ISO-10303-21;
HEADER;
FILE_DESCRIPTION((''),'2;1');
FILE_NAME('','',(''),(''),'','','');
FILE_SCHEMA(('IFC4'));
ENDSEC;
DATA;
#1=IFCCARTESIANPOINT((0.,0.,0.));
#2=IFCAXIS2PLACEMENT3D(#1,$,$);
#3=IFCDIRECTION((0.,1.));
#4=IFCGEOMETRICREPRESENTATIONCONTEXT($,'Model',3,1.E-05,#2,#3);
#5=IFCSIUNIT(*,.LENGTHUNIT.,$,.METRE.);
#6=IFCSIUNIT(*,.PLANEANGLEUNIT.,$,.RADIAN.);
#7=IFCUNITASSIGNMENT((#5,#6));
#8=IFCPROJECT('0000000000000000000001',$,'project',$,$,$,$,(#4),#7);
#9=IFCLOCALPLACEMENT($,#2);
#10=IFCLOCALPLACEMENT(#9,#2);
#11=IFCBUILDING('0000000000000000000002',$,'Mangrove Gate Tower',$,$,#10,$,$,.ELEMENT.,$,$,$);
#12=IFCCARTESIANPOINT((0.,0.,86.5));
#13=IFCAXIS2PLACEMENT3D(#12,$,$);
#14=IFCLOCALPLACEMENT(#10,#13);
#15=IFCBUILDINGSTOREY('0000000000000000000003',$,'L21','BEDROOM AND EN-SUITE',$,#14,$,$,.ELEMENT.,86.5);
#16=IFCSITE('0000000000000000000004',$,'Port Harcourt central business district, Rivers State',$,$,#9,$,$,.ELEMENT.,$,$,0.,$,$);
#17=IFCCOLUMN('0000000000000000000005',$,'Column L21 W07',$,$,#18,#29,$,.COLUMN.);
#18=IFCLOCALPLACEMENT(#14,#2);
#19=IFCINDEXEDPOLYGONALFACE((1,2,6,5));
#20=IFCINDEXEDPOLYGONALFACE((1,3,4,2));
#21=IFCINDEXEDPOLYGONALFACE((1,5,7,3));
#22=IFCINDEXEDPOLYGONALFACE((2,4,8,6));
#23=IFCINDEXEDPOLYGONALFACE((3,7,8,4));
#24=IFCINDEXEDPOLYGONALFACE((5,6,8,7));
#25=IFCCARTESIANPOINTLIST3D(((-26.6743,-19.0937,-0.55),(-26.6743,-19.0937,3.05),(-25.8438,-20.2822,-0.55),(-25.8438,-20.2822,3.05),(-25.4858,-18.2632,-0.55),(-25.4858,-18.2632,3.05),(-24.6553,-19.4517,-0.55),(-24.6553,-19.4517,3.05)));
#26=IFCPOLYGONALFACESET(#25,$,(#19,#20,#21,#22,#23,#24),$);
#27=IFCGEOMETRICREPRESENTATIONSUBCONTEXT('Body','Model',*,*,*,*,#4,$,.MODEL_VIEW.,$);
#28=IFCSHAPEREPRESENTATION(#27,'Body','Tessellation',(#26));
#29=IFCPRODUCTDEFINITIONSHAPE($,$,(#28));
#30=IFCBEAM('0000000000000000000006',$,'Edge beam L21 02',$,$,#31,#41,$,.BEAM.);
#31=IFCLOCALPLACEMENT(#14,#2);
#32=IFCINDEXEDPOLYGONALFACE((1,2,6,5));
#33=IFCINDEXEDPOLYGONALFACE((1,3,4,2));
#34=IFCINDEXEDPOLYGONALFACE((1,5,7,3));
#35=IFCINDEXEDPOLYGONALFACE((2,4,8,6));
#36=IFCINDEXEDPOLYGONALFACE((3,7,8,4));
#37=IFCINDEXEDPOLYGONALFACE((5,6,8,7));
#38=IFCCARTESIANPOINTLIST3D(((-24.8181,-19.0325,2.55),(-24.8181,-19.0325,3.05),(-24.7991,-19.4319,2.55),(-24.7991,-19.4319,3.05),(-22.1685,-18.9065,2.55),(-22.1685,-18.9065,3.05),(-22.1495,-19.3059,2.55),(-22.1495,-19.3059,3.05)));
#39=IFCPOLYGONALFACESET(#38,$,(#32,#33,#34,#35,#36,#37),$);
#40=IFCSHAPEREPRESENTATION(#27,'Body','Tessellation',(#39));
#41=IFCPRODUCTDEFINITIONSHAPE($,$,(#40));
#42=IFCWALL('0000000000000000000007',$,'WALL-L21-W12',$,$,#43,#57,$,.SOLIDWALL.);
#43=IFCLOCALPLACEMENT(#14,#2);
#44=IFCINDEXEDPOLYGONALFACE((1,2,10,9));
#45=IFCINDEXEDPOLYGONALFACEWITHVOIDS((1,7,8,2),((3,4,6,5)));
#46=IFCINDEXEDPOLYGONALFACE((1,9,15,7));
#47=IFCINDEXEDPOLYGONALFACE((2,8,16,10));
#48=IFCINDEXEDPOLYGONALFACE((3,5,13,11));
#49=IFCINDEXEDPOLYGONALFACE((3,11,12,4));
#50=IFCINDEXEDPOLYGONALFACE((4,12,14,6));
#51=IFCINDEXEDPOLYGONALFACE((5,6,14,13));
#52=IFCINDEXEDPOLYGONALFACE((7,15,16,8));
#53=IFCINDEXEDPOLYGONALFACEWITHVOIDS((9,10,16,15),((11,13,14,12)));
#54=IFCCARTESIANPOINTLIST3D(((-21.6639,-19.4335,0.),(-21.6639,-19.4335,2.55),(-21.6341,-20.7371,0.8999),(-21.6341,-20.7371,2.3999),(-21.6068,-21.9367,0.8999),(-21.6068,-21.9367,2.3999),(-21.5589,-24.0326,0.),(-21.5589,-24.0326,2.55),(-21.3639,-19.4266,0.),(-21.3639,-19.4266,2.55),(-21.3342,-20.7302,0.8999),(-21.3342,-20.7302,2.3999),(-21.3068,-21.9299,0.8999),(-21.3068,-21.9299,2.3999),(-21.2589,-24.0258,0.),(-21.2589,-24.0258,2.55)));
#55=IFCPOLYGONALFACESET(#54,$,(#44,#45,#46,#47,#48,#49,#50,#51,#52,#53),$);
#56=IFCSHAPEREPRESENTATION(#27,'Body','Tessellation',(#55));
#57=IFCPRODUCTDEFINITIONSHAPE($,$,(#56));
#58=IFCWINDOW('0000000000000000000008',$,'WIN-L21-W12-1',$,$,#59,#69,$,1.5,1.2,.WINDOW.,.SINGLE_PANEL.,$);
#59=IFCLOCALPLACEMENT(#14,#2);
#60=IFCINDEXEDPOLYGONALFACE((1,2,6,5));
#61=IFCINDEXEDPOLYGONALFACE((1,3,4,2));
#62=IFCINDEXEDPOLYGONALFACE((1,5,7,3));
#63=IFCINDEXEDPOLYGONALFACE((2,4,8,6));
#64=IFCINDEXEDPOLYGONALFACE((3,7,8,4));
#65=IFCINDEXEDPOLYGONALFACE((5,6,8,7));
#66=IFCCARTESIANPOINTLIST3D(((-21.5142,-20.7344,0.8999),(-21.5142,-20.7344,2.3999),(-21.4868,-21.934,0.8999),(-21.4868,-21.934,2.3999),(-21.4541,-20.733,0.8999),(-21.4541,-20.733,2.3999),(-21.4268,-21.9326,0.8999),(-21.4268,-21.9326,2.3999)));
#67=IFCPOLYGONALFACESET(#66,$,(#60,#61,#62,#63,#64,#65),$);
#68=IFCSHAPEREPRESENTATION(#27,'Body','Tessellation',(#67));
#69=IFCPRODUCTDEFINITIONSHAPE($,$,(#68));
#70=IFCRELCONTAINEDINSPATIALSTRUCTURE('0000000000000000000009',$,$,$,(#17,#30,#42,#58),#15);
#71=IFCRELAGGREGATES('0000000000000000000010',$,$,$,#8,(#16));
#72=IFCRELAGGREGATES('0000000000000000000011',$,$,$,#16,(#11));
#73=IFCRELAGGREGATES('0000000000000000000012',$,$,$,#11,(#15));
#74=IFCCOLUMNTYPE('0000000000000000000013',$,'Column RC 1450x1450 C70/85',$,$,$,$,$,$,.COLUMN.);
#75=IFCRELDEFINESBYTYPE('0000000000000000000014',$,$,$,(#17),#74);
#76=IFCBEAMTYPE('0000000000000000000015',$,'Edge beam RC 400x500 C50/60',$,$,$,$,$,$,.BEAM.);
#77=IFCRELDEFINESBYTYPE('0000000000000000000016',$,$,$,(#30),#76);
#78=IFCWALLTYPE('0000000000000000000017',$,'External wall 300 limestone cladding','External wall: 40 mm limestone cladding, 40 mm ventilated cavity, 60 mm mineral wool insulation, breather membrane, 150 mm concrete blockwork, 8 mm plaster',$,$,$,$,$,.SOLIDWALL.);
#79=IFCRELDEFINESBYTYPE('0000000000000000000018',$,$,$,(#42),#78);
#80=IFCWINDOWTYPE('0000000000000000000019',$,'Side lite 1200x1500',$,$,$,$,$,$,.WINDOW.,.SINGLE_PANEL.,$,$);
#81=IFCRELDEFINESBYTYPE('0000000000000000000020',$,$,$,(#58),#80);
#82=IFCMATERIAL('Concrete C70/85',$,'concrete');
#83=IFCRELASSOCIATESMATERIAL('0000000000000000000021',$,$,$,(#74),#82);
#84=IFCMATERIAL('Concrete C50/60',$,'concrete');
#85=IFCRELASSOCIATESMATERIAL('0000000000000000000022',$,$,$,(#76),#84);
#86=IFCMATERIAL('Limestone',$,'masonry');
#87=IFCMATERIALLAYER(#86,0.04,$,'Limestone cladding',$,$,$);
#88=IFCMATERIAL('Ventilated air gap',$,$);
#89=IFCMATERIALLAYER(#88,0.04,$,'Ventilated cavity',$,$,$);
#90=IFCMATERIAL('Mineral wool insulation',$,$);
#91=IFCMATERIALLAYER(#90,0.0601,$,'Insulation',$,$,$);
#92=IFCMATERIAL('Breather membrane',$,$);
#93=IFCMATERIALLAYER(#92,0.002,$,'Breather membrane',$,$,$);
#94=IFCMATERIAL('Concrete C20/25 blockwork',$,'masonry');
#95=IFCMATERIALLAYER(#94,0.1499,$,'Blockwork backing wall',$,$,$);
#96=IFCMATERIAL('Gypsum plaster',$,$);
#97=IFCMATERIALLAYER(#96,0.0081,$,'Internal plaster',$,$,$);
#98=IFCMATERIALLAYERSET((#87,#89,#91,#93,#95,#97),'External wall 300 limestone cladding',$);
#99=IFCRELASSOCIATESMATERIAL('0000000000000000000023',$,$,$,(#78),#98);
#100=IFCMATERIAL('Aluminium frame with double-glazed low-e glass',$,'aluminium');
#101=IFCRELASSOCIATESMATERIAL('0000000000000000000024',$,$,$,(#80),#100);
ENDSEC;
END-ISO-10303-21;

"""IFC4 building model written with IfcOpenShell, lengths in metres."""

from ifc_helpers import new_model, si_unit, direction, frame, frame_2d, origin, origin_2d, place, context, subcontext, project, spatial, rectangle, extrude, material, layer, layer_set, material_profile, profile_set, type_object, element, fill, save


model = new_model("IFC4")

# Units and contexts
model_context = context("Model", 3, precision=1e-05, world=origin(), true_north=direction((0.0, 1.0)))
body_context = subcontext(model_context, "Body", "Model", "MODEL_VIEW")
ifc_project = project(units=[si_unit("LENGTHUNIT", "METRE"), si_unit("PLANEANGLEUNIT", "RADIAN")], contexts=[model_context])

# Site, building, storey
site_placement = place(None, origin())
site = spatial("IfcSite", under=ifc_project, at=site_placement, Name="Port Harcourt central business district, Rivers State", CompositionType="ELEMENT", RefElevation=0.0)
building_placement = place(site_placement, origin())
building = spatial("IfcBuilding", under=site, at=building_placement, Name="Mangrove Gate Tower", CompositionType="ELEMENT")
storey_placement = place(building_placement, frame((0.0, 0.0, 86.5)))
storey = spatial("IfcBuildingStorey", under=building, at=storey_placement, Name="L21", Description="BEDROOM AND EN-SUITE", CompositionType="ELEMENT", Elevation=86.5)

# Column
ifc_material_1 = material(Name="Concrete C70/85", Category="concrete")
ifc_material_profile_1 = material_profile(ifc_material_1, rectangle(XDim=1.45, YDim=1.45, at=origin_2d()))
ifc_profile_set_1 = profile_set([ifc_material_profile_1], Name="Concrete C70/85")
column_type = type_object("IfcColumnType", Name="Column RC 1450x1450 C70/85", PredefinedType="COLUMN", material=ifc_profile_set_1)
column_placement = place(storey_placement, frame((-25.6648, -19.2727, -0.55), z_axis=(0.0, 0.0, 1.0), x_axis=(0.572799, -0.819696, 0.0)))
element("IfcColumn", 1, at=column_placement, inside=storey, type_object=column_type, Name="Column L21 W07", PredefinedType="COLUMN", context=body_context, shape_type="SweptSolid", body=[
    extrude(rectangle(XDim=1.45, YDim=1.45, at=origin_2d()), origin(), (0.0, 0.0, 1.0), 3.6001),
])

# Beam
ifc_material_2 = material(Name="Concrete C50/60", Category="concrete")
ifc_material_profile_2 = material_profile(ifc_material_2, rectangle(XDim=0.3999, YDim=0.5, at=origin_2d()))
ifc_profile_set_2 = profile_set([ifc_material_profile_2], Name="Concrete C50/60")
beam_type = type_object("IfcBeamType", Name="Edge beam RC 400x500 C50/60", PredefinedType="BEAM", material=ifc_profile_set_2)
beam_placement = place(storey_placement, frame((-24.8086, -19.2322, 2.8), z_axis=(0.998872, 0.047491, 0.0), x_axis=(-0.047491, 0.998872, 0.0)))
element("IfcBeam", 2, at=beam_placement, inside=storey, type_object=beam_type, Name="Edge beam L21 02", PredefinedType="BEAM", context=body_context, shape_type="SweptSolid", body=[
    extrude(rectangle(XDim=0.3999, YDim=0.5, at=origin_2d()), origin(), (0.0, 0.0, 1.0), 2.6526),
])

# Wall, opening, window
ifc_material_3 = material(Name="Limestone", Category="masonry")
ifc_layer_1 = layer(ifc_material_3, 0.04, Name="Limestone cladding")
ifc_material_4 = material(Name="Ventilated air gap")
ifc_layer_2 = layer(ifc_material_4, 0.04, Name="Ventilated cavity")
ifc_material_5 = material(Name="Mineral wool insulation")
ifc_layer_3 = layer(ifc_material_5, 0.0601, Name="Insulation")
ifc_material_6 = material(Name="Breather membrane")
ifc_layer_4 = layer(ifc_material_6, 0.002, Name="Breather membrane")
ifc_material_7 = material(Name="Concrete C20/25 blockwork", Category="masonry")
ifc_layer_5 = layer(ifc_material_7, 0.1499, Name="Blockwork backing wall")
ifc_material_8 = material(Name="Gypsum plaster")
ifc_layer_6 = layer(ifc_material_8, 0.0081, Name="Internal plaster")
ifc_layer_set_1 = layer_set([ifc_layer_1, ifc_layer_2, ifc_layer_3, ifc_layer_4, ifc_layer_5, ifc_layer_6], Name="External wall 300 limestone cladding")
wall_type_1 = type_object("IfcWallType", Name="External wall 300 limestone cladding", Description="External wall: 40 mm limestone cladding, 40 mm ventilated cavity, 60 mm mineral wool insulation, breather membrane, 150 mm concrete blockwork, 8 mm plaster", PredefinedType="SOLIDWALL", material=ifc_layer_set_1)
wall_1_placement = place(storey_placement, frame((-21.5139, -19.4299, 0.0), z_axis=(0.0, 0.0, 1.0), x_axis=(0.02282, -0.99974, 0.0)))
wall_1 = element("IfcWall", 3, at=wall_1_placement, inside=storey, type_object=wall_type_1, Name="WALL-L21-W12", PredefinedType="SOLIDWALL", context=body_context, shape_type="SweptSolid", body=[
    extrude(rectangle(XDim=4.6003, YDim=0.3, at=frame_2d((2.3003, 0.0))), origin(), (0.0, 0.0, 1.0), 2.55),
])
opening_1_placement = place(wall_1_placement, frame((1.304, 0.0, 0.8999)))
opening_1 = element("IfcOpeningElement", 4, at=opening_1_placement, cuts=wall_1, PredefinedType="OPENING", context=body_context, shape_type="SweptSolid", body=[
    extrude(rectangle(XDim=1.2, YDim=1.5, at=frame_2d((0.6001, 0.75))), frame((0.0, 0.1599, 0.0), z_axis=(0.0, -1.0, 0.0), x_axis=(1.0, 0.0, 0.0)), (0.0, 0.0, 1.0), 0.3201),
])
ifc_material_9 = material(Name="Aluminium frame with double-glazed low-e glass", Category="aluminium")
window_type = type_object("IfcWindowType", Name="Side lite 1200x1500", PartitioningType="SINGLE_PANEL", PredefinedType="WINDOW", material=ifc_material_9)
window_placement = place(opening_1_placement, origin())
window = element("IfcWindow", 5, at=window_placement, inside=storey, type_object=window_type, Name="WIN-L21-W12-1", OverallHeight=1.5, OverallWidth=1.2, PartitioningType="SINGLE_PANEL", PredefinedType="WINDOW", context=body_context, shape_type="SweptSolid", body=[
    extrude(rectangle(XDim=1.2, YDim=1.5, at=frame_2d((0.6001, 0.75))), frame((0.0, 0.03, 0.0), z_axis=(0.0, -1.0, 0.0), x_axis=(1.0, 0.0, 0.0)), (0.0, 0.0, 1.0), 0.0601),
])
fill(opening_1, window)

save(model, "model.ifc")
